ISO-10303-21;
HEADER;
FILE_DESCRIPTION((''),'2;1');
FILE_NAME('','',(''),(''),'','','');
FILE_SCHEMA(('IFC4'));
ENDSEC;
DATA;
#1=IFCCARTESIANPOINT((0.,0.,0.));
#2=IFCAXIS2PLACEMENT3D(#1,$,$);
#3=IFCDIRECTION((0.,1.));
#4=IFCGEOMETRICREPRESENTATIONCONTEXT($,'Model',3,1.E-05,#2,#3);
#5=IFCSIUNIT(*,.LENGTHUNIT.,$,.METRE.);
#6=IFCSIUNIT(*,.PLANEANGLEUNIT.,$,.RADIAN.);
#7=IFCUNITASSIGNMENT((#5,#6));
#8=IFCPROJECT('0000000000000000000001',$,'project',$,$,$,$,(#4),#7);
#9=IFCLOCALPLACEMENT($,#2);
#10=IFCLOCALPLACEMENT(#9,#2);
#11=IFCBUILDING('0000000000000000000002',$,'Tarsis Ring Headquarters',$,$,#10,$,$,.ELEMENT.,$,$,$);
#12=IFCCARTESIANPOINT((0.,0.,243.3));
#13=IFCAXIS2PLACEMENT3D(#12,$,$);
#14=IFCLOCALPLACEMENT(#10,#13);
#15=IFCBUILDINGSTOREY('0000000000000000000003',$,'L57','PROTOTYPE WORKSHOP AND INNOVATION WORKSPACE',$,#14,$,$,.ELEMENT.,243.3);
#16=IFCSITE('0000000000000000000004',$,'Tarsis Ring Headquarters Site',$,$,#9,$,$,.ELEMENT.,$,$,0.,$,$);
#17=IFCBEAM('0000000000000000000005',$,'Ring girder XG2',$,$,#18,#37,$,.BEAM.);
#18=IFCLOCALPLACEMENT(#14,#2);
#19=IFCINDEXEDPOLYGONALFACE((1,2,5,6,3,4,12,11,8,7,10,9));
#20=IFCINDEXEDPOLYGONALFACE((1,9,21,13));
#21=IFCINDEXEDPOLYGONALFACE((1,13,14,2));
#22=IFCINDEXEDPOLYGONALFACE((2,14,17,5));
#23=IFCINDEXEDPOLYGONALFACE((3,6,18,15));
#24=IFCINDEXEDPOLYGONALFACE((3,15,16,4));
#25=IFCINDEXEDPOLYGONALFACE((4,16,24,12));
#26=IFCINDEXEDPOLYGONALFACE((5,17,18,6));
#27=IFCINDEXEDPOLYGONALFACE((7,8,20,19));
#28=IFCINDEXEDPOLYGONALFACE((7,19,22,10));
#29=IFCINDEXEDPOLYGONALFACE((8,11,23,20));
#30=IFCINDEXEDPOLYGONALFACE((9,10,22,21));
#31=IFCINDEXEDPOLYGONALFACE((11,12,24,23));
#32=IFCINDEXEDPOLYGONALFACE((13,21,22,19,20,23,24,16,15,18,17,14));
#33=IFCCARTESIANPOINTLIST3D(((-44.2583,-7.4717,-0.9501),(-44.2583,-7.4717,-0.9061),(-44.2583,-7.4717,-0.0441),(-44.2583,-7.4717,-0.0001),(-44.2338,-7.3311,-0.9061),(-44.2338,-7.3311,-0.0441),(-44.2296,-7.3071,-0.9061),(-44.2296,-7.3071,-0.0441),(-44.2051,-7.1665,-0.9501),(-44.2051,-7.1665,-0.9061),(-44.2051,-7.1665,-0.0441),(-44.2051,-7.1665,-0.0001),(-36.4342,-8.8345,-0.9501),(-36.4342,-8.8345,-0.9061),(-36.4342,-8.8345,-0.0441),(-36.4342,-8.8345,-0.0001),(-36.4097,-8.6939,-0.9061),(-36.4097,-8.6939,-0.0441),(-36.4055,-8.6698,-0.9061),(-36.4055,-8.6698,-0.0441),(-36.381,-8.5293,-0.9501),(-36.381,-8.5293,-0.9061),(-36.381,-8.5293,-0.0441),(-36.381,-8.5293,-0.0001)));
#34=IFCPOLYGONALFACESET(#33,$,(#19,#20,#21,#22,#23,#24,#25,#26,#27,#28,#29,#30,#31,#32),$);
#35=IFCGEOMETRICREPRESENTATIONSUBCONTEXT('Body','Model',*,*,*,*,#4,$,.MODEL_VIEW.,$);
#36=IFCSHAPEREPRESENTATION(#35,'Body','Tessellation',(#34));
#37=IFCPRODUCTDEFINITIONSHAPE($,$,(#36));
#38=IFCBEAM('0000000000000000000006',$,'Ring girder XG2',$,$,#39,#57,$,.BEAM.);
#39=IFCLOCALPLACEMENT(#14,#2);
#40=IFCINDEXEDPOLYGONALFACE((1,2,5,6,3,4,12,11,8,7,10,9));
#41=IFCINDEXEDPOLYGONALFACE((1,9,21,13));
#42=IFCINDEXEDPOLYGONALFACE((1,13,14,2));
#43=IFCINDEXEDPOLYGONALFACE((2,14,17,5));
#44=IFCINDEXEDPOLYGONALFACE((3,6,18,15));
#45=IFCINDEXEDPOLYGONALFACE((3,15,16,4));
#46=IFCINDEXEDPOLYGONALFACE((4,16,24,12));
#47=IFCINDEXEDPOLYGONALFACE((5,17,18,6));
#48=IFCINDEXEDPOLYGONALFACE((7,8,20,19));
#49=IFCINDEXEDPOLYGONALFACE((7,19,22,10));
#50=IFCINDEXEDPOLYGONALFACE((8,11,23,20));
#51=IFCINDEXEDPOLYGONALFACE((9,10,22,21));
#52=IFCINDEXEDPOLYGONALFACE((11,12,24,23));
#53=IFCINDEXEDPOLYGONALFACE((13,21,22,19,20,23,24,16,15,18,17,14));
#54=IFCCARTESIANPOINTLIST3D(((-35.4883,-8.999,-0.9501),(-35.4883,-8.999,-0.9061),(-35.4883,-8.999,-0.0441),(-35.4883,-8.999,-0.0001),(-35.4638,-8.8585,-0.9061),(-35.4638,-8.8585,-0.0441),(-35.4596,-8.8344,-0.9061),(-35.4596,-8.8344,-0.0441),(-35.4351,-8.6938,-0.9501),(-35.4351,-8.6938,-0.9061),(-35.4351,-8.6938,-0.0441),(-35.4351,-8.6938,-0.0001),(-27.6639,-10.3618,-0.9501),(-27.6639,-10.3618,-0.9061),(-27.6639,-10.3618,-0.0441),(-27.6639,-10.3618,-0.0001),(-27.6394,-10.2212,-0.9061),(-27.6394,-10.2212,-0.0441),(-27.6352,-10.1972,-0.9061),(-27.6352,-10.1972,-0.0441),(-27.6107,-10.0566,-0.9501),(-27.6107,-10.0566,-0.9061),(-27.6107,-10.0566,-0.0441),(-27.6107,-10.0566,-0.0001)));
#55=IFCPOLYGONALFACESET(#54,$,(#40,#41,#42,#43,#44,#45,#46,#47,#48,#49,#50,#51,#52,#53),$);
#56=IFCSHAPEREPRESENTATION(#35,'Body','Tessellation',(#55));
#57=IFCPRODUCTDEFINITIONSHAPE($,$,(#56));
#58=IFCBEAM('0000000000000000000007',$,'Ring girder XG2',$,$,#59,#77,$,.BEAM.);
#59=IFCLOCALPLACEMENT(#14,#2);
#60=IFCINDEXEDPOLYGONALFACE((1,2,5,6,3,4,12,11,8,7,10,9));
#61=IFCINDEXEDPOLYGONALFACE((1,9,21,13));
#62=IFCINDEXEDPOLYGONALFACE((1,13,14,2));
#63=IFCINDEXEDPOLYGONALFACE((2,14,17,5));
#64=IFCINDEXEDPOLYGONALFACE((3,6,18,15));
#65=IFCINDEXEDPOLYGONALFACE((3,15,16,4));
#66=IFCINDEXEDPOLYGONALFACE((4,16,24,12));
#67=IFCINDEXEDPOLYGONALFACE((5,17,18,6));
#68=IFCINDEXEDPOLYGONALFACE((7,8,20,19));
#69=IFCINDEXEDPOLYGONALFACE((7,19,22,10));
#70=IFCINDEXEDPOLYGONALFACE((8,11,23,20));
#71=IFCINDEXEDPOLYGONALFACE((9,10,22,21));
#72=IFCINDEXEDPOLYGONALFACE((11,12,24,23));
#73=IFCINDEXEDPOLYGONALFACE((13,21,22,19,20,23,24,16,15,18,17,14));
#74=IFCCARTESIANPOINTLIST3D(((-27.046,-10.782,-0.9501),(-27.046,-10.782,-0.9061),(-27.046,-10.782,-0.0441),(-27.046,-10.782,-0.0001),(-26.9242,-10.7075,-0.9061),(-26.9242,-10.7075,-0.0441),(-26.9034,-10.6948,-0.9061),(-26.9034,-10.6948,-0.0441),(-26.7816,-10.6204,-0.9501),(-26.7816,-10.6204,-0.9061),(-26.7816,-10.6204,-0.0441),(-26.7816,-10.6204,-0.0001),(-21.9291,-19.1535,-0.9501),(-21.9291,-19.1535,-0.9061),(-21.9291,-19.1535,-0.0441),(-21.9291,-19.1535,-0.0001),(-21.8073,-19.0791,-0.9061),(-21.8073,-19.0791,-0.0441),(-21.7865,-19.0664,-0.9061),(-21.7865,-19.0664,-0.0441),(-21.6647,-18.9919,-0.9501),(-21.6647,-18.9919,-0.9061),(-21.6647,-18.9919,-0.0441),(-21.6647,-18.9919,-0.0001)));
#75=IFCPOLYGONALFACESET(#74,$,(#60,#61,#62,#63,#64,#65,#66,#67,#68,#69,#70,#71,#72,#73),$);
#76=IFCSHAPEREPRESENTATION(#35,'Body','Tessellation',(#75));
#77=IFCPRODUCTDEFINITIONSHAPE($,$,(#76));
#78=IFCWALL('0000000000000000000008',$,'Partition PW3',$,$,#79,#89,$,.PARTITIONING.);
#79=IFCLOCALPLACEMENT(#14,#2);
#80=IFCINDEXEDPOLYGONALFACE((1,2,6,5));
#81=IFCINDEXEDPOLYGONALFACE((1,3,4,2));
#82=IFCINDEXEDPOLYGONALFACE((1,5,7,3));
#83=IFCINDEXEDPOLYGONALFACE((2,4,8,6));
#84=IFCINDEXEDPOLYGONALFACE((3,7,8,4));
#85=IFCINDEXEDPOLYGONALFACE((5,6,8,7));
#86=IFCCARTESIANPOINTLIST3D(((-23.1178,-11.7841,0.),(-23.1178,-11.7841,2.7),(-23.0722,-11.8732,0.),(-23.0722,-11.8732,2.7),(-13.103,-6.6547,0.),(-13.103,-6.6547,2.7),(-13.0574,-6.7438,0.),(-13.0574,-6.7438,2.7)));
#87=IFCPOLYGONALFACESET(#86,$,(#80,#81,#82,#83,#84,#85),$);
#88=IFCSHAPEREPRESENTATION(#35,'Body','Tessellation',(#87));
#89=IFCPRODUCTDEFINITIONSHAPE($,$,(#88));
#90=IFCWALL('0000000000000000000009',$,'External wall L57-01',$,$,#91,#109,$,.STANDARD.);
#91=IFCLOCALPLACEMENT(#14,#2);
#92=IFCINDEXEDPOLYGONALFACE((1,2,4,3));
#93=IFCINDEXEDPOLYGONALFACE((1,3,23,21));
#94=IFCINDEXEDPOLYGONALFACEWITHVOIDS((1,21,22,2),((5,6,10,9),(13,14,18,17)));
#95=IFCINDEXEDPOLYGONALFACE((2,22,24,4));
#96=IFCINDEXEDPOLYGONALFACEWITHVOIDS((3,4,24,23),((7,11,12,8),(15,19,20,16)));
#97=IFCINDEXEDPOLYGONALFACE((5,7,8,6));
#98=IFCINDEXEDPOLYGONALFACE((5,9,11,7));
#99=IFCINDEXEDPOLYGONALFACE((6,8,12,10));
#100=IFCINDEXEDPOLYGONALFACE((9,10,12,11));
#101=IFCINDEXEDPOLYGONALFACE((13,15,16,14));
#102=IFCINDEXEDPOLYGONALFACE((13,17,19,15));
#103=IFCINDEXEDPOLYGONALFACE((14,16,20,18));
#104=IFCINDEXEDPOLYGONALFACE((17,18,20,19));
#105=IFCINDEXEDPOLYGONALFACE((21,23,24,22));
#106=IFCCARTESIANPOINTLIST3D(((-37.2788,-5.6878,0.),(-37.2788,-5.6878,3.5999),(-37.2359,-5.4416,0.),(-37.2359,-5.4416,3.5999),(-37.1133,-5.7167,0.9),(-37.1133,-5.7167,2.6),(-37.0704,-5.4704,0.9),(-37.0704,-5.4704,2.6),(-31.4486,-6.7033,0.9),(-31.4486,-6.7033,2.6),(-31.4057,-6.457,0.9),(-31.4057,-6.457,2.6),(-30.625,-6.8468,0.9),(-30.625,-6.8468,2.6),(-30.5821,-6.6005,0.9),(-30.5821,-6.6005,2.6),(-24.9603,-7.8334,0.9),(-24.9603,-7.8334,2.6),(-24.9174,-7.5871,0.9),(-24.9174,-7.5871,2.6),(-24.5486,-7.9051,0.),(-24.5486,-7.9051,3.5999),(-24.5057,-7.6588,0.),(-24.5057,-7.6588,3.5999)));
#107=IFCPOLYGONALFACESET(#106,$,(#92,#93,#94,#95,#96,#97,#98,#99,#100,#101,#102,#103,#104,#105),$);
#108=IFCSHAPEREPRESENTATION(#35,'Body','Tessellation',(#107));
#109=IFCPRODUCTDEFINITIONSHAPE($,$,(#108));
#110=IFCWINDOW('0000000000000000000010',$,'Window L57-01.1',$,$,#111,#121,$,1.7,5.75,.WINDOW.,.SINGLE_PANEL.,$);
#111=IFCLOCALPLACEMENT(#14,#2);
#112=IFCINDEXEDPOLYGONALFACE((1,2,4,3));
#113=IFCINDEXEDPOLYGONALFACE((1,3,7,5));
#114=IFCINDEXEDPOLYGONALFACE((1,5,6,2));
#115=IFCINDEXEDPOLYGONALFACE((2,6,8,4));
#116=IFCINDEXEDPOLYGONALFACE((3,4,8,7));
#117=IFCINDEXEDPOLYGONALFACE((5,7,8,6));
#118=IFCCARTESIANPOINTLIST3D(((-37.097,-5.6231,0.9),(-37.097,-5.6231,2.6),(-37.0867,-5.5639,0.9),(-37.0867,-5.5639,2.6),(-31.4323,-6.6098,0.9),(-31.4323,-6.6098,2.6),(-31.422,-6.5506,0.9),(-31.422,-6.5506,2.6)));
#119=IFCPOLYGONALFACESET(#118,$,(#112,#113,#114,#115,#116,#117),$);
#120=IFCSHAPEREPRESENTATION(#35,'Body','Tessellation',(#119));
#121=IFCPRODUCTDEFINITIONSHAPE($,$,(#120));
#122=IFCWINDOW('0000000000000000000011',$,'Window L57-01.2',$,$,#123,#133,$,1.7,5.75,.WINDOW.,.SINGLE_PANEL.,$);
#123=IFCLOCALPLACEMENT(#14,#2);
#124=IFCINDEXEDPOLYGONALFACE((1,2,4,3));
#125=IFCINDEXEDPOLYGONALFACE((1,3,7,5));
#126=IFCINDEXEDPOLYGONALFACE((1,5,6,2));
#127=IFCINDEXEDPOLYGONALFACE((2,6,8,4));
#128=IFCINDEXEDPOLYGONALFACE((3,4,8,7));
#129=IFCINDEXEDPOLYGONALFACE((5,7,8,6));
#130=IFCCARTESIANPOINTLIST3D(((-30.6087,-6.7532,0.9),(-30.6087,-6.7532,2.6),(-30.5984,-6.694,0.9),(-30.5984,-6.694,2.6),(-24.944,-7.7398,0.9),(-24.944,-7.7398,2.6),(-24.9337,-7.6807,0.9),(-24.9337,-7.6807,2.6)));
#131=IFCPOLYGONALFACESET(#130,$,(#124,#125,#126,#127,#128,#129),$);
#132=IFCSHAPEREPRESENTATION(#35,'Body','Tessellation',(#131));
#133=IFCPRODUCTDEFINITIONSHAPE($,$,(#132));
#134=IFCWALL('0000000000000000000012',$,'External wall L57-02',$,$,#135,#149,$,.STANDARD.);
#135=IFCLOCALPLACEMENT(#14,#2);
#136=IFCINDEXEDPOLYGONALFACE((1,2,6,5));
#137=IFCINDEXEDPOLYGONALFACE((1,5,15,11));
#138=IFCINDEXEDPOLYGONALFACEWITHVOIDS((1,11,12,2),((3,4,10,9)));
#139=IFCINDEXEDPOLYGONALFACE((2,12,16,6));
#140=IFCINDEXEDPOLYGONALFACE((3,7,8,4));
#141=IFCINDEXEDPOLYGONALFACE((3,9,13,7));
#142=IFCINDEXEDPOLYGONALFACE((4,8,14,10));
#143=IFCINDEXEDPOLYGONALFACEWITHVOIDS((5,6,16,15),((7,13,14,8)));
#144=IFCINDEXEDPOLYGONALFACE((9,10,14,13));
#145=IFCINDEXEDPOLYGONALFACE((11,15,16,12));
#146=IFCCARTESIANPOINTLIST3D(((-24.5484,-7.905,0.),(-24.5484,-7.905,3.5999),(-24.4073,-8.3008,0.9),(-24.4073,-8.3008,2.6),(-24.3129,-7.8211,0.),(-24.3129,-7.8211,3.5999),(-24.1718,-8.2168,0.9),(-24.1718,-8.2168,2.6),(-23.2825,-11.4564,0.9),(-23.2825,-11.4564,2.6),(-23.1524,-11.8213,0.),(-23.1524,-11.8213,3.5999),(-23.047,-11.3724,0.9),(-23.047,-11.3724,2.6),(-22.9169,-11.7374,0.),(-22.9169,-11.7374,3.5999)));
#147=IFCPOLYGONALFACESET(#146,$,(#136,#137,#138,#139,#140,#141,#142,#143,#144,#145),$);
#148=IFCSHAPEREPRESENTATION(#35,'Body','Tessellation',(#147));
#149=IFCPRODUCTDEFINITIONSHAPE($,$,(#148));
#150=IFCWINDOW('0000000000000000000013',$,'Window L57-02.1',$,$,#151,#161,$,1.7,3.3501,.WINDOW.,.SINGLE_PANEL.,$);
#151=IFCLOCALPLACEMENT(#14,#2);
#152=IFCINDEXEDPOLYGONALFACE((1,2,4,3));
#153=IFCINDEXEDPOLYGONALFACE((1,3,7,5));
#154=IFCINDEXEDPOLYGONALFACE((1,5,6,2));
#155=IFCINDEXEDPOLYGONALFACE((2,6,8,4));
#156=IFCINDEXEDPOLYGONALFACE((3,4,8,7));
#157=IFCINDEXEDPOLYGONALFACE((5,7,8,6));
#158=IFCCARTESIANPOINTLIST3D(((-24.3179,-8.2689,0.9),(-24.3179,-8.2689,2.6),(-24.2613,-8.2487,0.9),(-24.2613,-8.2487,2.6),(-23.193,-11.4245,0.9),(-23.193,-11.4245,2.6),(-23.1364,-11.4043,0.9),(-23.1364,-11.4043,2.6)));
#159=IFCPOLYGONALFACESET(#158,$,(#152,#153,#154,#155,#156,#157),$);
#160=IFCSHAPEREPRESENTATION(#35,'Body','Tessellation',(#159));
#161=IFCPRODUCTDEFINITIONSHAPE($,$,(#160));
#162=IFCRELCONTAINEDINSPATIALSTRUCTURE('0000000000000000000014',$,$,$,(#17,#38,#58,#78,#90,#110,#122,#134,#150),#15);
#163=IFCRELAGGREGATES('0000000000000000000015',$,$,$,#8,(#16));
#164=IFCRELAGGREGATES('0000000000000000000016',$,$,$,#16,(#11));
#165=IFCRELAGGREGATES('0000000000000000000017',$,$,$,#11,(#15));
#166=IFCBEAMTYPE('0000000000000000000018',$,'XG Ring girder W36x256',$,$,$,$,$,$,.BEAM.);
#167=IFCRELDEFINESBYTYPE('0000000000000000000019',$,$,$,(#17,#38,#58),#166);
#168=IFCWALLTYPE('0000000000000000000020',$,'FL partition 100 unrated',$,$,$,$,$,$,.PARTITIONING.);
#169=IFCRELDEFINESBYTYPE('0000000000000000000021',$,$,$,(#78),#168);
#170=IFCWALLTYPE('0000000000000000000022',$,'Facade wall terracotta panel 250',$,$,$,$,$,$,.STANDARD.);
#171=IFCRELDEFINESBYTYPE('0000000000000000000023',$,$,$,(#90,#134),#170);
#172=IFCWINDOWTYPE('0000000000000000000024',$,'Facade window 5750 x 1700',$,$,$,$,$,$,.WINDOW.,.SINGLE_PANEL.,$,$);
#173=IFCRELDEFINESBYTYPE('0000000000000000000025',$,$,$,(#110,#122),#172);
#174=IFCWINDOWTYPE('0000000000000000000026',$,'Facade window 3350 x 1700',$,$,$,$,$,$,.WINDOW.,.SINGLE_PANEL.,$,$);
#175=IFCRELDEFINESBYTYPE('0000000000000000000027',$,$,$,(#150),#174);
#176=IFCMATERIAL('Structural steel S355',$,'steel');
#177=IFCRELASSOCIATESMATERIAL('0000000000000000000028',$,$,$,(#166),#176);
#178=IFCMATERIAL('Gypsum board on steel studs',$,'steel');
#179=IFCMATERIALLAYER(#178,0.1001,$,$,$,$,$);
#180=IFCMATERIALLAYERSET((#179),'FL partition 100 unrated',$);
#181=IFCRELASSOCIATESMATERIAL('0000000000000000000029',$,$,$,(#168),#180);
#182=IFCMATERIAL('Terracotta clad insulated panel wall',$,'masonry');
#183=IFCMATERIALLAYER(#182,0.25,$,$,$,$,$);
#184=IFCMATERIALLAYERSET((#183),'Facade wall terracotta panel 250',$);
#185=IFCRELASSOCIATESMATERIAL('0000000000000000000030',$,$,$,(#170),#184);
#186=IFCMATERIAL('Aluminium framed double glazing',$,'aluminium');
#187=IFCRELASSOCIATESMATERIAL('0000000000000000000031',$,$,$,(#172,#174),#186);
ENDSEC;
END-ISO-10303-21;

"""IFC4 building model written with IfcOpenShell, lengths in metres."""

from ifc_helpers import new_model, si_unit, direction, frame, frame_2d, origin, origin_2d, place, context, subcontext, project, spatial, rectangle, i_section, extrude, material, layer, layer_set, material_profile, profile_set, type_object, element, fill, save


model = new_model("IFC4")

# Units and contexts
model_context = context("Model", 3, precision=1e-05, world=origin(), true_north=direction((0.0, 1.0)))
body_context = subcontext(model_context, "Body", "Model", "MODEL_VIEW")
ifc_project = project(units=[si_unit("LENGTHUNIT", "METRE"), si_unit("PLANEANGLEUNIT", "RADIAN")], contexts=[model_context])

# Site, building, storey
site_placement = place(None, origin())
site = spatial("IfcSite", under=ifc_project, at=site_placement, Name="Tarsis Ring Headquarters Site", CompositionType="ELEMENT", RefElevation=0.0)
building_placement = place(site_placement, origin())
building = spatial("IfcBuilding", under=site, at=building_placement, Name="Tarsis Ring Headquarters", CompositionType="ELEMENT")
storey_placement = place(building_placement, frame((0.0, 0.0, 243.3)))
storey = spatial("IfcBuildingStorey", under=building, at=storey_placement, Name="L57", Description="PROTOTYPE WORKSHOP AND INNOVATION WORKSPACE", CompositionType="ELEMENT", Elevation=243.3)

# Shared definitions
ifc_material_1 = material(Name="Structural steel S355", Category="steel")

# Beams
ifc_material_profile_1 = material_profile(ifc_material_1, i_section(OverallWidth=0.3098, OverallDepth=0.95, WebThickness=0.0244, FlangeThickness=0.0439, at=origin_2d()), Name="W36x256")
ifc_profile_set_1 = profile_set([ifc_material_profile_1], Name="Structural steel S355")
beam_type = type_object("IfcBeamType", Name="XG Ring girder W36x256", PredefinedType="BEAM", material=ifc_profile_set_1)
beam_1_placement = place(storey_placement, frame((-44.2317, -7.3191, -0.4751), z_axis=(0.985168, -0.171593, 0.0), x_axis=(0.171593, 0.985168, 0.0)))
element("IfcBeam", 1, at=beam_1_placement, inside=storey, type_object=beam_type, Name="Ring girder XG2", PredefinedType="BEAM", context=body_context, shape_type="SweptSolid", body=[
    extrude(i_section(OverallWidth=0.3098, OverallDepth=0.95, WebThickness=0.0244, FlangeThickness=0.0439, at=origin_2d()), origin(), (0.0, 0.0, 1.0), 7.9419),
])
beam_2_placement = place(storey_placement, frame((-35.4617, -8.8464, -0.4751), z_axis=(0.985169, -0.171588, 0.0), x_axis=(0.171588, 0.985169, 0.0)))
element("IfcBeam", 2, at=beam_2_placement, inside=storey, type_object=beam_type, Name="Ring girder XG2", PredefinedType="BEAM", context=body_context, shape_type="SweptSolid", body=[
    extrude(i_section(OverallWidth=0.3098, OverallDepth=0.95, WebThickness=0.0244, FlangeThickness=0.0439, at=origin_2d()), origin(), (0.0, 0.0, 1.0), 7.9421),
])
beam_3_placement = place(storey_placement, frame((-26.9138, -10.7012, -0.4751), z_axis=(0.521522, -0.853238, 0.0), x_axis=(0.853238, 0.521522, 0.0)))
element("IfcBeam", 3, at=beam_3_placement, inside=storey, type_object=beam_type, Name="Ring girder XG2", PredefinedType="BEAM", context=body_context, shape_type="SweptSolid", body=[
    extrude(i_section(OverallWidth=0.3098, OverallDepth=0.95, WebThickness=0.0244, FlangeThickness=0.0439, at=origin_2d()), origin(), (0.0, 0.0, 1.0), 9.8115),
])

# Wall
ifc_material_2 = material(Name="Gypsum board on steel studs", Category="steel")
ifc_layer_1 = layer(ifc_material_2, 0.1001)
ifc_layer_set_1 = layer_set([ifc_layer_1], Name="FL partition 100 unrated")
wall_type_1 = type_object("IfcWallType", Name="FL partition 100 unrated", PredefinedType="PARTITIONING", material=ifc_layer_set_1)
wall_1_placement = place(storey_placement, frame((-23.095, -11.8286, 0.0), z_axis=(0.0, 0.0, 1.0), x_axis=(0.89005, 0.455863, 0.0)))
element("IfcWall", 4, at=wall_1_placement, inside=storey, type_object=wall_type_1, Name="Partition PW3", PredefinedType="PARTITIONING", context=body_context, shape_type="SweptSolid", body=[
    extrude(rectangle(XDim=11.252, YDim=0.1001, at=frame_2d((5.626, 0.0))), origin(), (0.0, 0.0, 1.0), 2.7),
])

# Wall, openings, windows
ifc_material_3 = material(Name="Terracotta clad insulated panel wall", Category="masonry")
ifc_layer_2 = layer(ifc_material_3, 0.25)
ifc_layer_set_2 = layer_set([ifc_layer_2], Name="Facade wall terracotta panel 250")
wall_type_2 = type_object("IfcWallType", Name="Facade wall terracotta panel 250", PredefinedType="STANDARD", material=ifc_layer_set_2)
wall_2_placement = place(storey_placement, frame((-37.2573, -5.5647, 0.0), z_axis=(0.0, 0.0, 1.0), x_axis=(0.985168, -0.171592, 0.0)))
wall_2 = element("IfcWall", 5, at=wall_2_placement, inside=storey, type_object=wall_type_2, Name="External wall L57-01", PredefinedType="STANDARD", context=body_context, shape_type="SweptSolid", body=[
    extrude(rectangle(XDim=12.9219, YDim=0.25, at=frame_2d((6.4609, 0.0))), origin(), (0.0, 0.0, 1.0), 3.5999),
])
opening_1_placement = place(wall_2_placement, frame((0.168, 0.0, 0.8999)))
opening_1 = element("IfcOpeningElement", 6, at=opening_1_placement, cuts=wall_2, PredefinedType="OPENING", context=body_context, shape_type="SweptSolid", body=[
    extrude(rectangle(XDim=5.75, YDim=1.7, at=frame_2d((2.875, 0.8501))), frame((0.0, 0.135, 0.0), z_axis=(0.0, -1.0, 0.0), x_axis=(1.0, 0.0, 0.0)), (0.0, 0.0, 1.0), 0.27),
])
opening_2_placement = place(wall_2_placement, frame((6.7539, 0.0, 0.8999)))
opening_2 = element("IfcOpeningElement", 7, at=opening_2_placement, cuts=wall_2, PredefinedType="OPENING", context=body_context, shape_type="SweptSolid", body=[
    extrude(rectangle(XDim=5.75, YDim=1.7, at=frame_2d((2.875, 0.8501))), frame((0.0, 0.135, 0.0), z_axis=(0.0, -1.0, 0.0), x_axis=(1.0, 0.0, 0.0)), (0.0, 0.0, 1.0), 0.27),
])
ifc_material_4 = material(Name="Aluminium framed double glazing", Category="aluminium")
window_type_1 = type_object("IfcWindowType", Name="Facade window 5750 x 1700", PartitioningType="SINGLE_PANEL", PredefinedType="WINDOW", material=ifc_material_4)
window_1_placement = place(opening_1_placement, origin())
window_1 = element("IfcWindow", 8, at=window_1_placement, inside=storey, type_object=window_type_1, Name="Window L57-01.1", OverallHeight=1.7, OverallWidth=5.75, PartitioningType="SINGLE_PANEL", PredefinedType="WINDOW", context=body_context, shape_type="SweptSolid", body=[
    extrude(rectangle(XDim=5.75, YDim=1.7, at=frame_2d((2.875, 0.8501))), frame((0.0, 0.03, 0.0), z_axis=(0.0, -1.0, 0.0), x_axis=(1.0, 0.0, 0.0)), (0.0, 0.0, 1.0), 0.0601),
])
fill(opening_1, window_1)
window_2_placement = place(opening_2_placement, origin())
window_2 = element("IfcWindow", 9, at=window_2_placement, inside=storey, type_object=window_type_1, Name="Window L57-01.2", OverallHeight=1.7, OverallWidth=5.75, PartitioningType="SINGLE_PANEL", PredefinedType="WINDOW", context=body_context, shape_type="SweptSolid", body=[
    extrude(rectangle(XDim=5.75, YDim=1.7, at=frame_2d((2.875, 0.8501))), frame((0.0, 0.03, 0.0), z_axis=(0.0, -1.0, 0.0), x_axis=(1.0, 0.0, 0.0)), (0.0, 0.0, 1.0), 0.0601),
])
fill(opening_2, window_2)

# Wall, opening, window
wall_3_placement = place(storey_placement, frame((-24.4307, -7.863, 0.0), z_axis=(0.0, 0.0, 1.0), x_axis=(0.335767, -0.941945, 0.0)))
wall_3 = element("IfcWall", 10, at=wall_3_placement, inside=storey, type_object=wall_type_2, Name="External wall L57-02", PredefinedType="STANDARD", context=body_context, shape_type="SweptSolid", body=[
    extrude(rectangle(XDim=4.1577, YDim=0.25, at=frame_2d((2.0789, 0.0))), origin(), (0.0, 0.0, 1.0), 3.5999),
])
opening_3_placement = place(wall_3_placement, frame((0.4202, 0.0, 0.8999)))
opening_3 = element("IfcOpeningElement", 11, at=opening_3_placement, cuts=wall_3, PredefinedType="OPENING", context=body_context, shape_type="SweptSolid", body=[
    extrude(rectangle(XDim=3.3501, YDim=1.7, at=frame_2d((1.675, 0.8501))), frame((0.0, 0.135, 0.0), z_axis=(0.0, -1.0, 0.0), x_axis=(1.0, 0.0, 0.0)), (0.0, 0.0, 1.0), 0.27),
])
window_type_2 = type_object("IfcWindowType", Name="Facade window 3350 x 1700", PartitioningType="SINGLE_PANEL", PredefinedType="WINDOW", material=ifc_material_4)
window_3_placement = place(opening_3_placement, origin())
window_3 = element("IfcWindow", 12, at=window_3_placement, inside=storey, type_object=window_type_2, Name="Window L57-02.1", OverallHeight=1.7, OverallWidth=3.3501, PartitioningType="SINGLE_PANEL", PredefinedType="WINDOW", context=body_context, shape_type="SweptSolid", body=[
    extrude(rectangle(XDim=3.3501, YDim=1.7, at=frame_2d((1.675, 0.8501))), frame((0.0, 0.03, 0.0), z_axis=(0.0, -1.0, 0.0), x_axis=(1.0, 0.0, 0.0)), (0.0, 0.0, 1.0), 0.0601),
])
fill(opening_3, window_3)

save(model, "model.ifc")
